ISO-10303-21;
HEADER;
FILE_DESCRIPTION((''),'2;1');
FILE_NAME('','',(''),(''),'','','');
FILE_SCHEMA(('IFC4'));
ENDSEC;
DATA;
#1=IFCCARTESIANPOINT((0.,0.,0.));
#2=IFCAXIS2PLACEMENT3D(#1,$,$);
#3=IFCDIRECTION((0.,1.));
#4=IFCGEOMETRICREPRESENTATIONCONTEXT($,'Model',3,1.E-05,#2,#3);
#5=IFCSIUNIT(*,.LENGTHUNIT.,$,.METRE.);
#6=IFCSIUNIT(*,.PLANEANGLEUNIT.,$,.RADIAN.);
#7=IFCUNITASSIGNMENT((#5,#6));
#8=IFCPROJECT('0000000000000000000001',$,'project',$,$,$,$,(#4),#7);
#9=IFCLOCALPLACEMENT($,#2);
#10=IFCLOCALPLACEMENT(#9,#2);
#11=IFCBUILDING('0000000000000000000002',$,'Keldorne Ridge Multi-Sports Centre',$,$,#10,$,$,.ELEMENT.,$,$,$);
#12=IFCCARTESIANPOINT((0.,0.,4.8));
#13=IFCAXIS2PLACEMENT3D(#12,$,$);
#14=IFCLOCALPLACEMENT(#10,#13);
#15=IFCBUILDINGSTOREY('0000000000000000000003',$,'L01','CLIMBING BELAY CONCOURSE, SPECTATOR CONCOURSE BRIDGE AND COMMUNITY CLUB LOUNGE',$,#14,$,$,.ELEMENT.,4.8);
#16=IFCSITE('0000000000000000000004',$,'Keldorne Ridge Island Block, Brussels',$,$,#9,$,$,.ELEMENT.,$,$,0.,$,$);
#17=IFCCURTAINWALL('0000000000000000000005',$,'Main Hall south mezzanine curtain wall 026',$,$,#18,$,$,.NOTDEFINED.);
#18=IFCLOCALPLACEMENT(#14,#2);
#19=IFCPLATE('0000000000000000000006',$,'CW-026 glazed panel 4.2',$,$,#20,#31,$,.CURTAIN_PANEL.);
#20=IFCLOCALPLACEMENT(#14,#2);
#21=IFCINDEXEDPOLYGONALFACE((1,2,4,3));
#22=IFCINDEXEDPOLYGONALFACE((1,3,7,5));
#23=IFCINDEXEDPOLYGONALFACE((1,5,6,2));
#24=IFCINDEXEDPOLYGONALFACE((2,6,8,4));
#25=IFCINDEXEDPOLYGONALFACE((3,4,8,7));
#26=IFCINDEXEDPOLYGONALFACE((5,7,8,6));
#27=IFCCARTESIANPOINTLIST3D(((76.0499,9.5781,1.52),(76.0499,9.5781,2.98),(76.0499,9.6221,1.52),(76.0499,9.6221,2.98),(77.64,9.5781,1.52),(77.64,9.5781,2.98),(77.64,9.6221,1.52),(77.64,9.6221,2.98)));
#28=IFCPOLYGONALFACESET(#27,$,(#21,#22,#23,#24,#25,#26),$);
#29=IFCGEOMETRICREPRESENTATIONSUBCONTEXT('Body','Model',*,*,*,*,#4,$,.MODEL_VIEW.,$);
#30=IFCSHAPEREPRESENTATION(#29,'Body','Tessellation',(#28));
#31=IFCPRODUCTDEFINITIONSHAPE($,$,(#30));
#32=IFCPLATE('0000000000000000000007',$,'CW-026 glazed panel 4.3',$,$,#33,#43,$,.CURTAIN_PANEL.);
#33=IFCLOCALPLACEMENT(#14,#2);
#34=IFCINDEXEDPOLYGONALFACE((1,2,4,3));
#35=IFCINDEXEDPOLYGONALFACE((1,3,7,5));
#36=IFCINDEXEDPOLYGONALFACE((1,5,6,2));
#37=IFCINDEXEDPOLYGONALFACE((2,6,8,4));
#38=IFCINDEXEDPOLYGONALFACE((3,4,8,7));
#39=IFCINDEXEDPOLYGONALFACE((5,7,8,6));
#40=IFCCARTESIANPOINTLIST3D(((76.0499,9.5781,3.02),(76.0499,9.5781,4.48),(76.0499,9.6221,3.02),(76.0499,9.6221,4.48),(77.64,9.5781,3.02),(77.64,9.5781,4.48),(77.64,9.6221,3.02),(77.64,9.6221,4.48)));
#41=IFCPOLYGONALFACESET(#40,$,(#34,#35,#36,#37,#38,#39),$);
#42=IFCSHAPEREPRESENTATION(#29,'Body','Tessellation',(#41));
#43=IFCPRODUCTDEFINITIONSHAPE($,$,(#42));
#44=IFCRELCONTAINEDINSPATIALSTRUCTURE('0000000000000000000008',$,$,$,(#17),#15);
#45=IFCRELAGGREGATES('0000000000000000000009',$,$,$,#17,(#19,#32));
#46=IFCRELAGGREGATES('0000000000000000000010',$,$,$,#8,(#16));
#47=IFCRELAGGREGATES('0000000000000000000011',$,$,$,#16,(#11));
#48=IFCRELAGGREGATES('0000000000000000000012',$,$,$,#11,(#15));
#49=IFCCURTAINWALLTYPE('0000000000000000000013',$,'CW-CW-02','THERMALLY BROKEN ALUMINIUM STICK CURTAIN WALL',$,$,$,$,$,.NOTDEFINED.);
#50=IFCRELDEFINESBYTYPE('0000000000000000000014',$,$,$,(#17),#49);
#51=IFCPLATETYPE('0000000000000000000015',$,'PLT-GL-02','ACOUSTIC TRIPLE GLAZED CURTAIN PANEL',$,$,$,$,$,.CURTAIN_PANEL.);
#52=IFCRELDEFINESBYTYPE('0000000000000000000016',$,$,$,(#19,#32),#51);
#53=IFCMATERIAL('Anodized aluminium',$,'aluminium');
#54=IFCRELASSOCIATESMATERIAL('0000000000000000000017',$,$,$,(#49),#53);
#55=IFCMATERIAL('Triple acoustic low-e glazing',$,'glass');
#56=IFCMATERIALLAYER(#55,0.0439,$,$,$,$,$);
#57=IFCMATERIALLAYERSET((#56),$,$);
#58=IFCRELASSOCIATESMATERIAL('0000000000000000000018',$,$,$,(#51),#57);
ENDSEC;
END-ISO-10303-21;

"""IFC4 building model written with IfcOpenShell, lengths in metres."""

from ifc_helpers import new_model, si_unit, direction, frame, origin, origin_2d, place, context, subcontext, project, spatial, rectangle, extrude, material, layer, layer_set, type_object, element, aggregate, save


model = new_model("IFC4")

# Units and contexts
model_context = context("Model", 3, precision=1e-05, world=origin(), true_north=direction((0.0, 1.0)))
body_context = subcontext(model_context, "Body", "Model", "MODEL_VIEW")
ifc_project = project(units=[si_unit("LENGTHUNIT", "METRE"), si_unit("PLANEANGLEUNIT", "RADIAN")], contexts=[model_context])

# Site, building, storey
site_placement = place(None, origin())
site = spatial("IfcSite", under=ifc_project, at=site_placement, Name="Keldorne Ridge Island Block, Brussels", CompositionType="ELEMENT", RefElevation=0.0)
building_placement = place(site_placement, origin())
building = spatial("IfcBuilding", under=site, at=building_placement, Name="Keldorne Ridge Multi-Sports Centre", CompositionType="ELEMENT")
storey_placement = place(building_placement, frame((0.0, 0.0, 4.8)))
storey = spatial("IfcBuildingStorey", under=building, at=storey_placement, Name="L01", Description="CLIMBING BELAY CONCOURSE, SPECTATOR CONCOURSE BRIDGE AND COMMUNITY CLUB LOUNGE", CompositionType="ELEMENT", Elevation=4.8)

# Curtain wall, plates
ifc_material_1 = material(Name="Anodized aluminium", Category="aluminium")
curtain_wall_type = type_object("IfcCurtainWallType", Name="CW-CW-02", Description="THERMALLY BROKEN ALUMINIUM STICK CURTAIN WALL", PredefinedType="NOTDEFINED", material=ifc_material_1)
curtain_wall_placement = place(storey_placement, origin())
curtain_wall = element("IfcCurtainWall", 1, at=curtain_wall_placement, inside=storey, type_object=curtain_wall_type, Name="Main Hall south mezzanine curtain wall 026", PredefinedType="NOTDEFINED")
ifc_material_2 = material(Name="Triple acoustic low-e glazing", Category="glass")
ifc_layer = layer(ifc_material_2, 0.0439)
ifc_layer_set = layer_set([ifc_layer])
plate_type = type_object("IfcPlateType", Name="PLT-GL-02", Description="ACOUSTIC TRIPLE GLAZED CURTAIN PANEL", PredefinedType="CURTAIN_PANEL", material=ifc_layer_set)
plate_1_placement = place(storey_placement, frame((76.845, 9.6001, 1.52), z_axis=(0.0, 0.0, 1.0), x_axis=(1.0, 0.0, 0.0)))
plate_1 = element("IfcPlate", 2, at=plate_1_placement, type_object=plate_type, Name="CW-026 glazed panel 4.2", PredefinedType="CURTAIN_PANEL", context=body_context, shape_type="SweptSolid", body=[
    extrude(rectangle(XDim=1.5901, YDim=0.0439, at=origin_2d()), origin(), (0.0, 0.0, 1.0), 1.46),
])
plate_2_placement = place(storey_placement, frame((76.845, 9.6001, 3.02), z_axis=(0.0, 0.0, 1.0), x_axis=(1.0, 0.0, 0.0)))
plate_2 = element("IfcPlate", 3, at=plate_2_placement, type_object=plate_type, Name="CW-026 glazed panel 4.3", PredefinedType="CURTAIN_PANEL", context=body_context, shape_type="SweptSolid", body=[
    extrude(rectangle(XDim=1.5901, YDim=0.0439, at=origin_2d()), origin(), (0.0, 0.0, 1.0), 1.46),
])
aggregate(curtain_wall, [plate_1, plate_2])

save(model, "model.ifc")
